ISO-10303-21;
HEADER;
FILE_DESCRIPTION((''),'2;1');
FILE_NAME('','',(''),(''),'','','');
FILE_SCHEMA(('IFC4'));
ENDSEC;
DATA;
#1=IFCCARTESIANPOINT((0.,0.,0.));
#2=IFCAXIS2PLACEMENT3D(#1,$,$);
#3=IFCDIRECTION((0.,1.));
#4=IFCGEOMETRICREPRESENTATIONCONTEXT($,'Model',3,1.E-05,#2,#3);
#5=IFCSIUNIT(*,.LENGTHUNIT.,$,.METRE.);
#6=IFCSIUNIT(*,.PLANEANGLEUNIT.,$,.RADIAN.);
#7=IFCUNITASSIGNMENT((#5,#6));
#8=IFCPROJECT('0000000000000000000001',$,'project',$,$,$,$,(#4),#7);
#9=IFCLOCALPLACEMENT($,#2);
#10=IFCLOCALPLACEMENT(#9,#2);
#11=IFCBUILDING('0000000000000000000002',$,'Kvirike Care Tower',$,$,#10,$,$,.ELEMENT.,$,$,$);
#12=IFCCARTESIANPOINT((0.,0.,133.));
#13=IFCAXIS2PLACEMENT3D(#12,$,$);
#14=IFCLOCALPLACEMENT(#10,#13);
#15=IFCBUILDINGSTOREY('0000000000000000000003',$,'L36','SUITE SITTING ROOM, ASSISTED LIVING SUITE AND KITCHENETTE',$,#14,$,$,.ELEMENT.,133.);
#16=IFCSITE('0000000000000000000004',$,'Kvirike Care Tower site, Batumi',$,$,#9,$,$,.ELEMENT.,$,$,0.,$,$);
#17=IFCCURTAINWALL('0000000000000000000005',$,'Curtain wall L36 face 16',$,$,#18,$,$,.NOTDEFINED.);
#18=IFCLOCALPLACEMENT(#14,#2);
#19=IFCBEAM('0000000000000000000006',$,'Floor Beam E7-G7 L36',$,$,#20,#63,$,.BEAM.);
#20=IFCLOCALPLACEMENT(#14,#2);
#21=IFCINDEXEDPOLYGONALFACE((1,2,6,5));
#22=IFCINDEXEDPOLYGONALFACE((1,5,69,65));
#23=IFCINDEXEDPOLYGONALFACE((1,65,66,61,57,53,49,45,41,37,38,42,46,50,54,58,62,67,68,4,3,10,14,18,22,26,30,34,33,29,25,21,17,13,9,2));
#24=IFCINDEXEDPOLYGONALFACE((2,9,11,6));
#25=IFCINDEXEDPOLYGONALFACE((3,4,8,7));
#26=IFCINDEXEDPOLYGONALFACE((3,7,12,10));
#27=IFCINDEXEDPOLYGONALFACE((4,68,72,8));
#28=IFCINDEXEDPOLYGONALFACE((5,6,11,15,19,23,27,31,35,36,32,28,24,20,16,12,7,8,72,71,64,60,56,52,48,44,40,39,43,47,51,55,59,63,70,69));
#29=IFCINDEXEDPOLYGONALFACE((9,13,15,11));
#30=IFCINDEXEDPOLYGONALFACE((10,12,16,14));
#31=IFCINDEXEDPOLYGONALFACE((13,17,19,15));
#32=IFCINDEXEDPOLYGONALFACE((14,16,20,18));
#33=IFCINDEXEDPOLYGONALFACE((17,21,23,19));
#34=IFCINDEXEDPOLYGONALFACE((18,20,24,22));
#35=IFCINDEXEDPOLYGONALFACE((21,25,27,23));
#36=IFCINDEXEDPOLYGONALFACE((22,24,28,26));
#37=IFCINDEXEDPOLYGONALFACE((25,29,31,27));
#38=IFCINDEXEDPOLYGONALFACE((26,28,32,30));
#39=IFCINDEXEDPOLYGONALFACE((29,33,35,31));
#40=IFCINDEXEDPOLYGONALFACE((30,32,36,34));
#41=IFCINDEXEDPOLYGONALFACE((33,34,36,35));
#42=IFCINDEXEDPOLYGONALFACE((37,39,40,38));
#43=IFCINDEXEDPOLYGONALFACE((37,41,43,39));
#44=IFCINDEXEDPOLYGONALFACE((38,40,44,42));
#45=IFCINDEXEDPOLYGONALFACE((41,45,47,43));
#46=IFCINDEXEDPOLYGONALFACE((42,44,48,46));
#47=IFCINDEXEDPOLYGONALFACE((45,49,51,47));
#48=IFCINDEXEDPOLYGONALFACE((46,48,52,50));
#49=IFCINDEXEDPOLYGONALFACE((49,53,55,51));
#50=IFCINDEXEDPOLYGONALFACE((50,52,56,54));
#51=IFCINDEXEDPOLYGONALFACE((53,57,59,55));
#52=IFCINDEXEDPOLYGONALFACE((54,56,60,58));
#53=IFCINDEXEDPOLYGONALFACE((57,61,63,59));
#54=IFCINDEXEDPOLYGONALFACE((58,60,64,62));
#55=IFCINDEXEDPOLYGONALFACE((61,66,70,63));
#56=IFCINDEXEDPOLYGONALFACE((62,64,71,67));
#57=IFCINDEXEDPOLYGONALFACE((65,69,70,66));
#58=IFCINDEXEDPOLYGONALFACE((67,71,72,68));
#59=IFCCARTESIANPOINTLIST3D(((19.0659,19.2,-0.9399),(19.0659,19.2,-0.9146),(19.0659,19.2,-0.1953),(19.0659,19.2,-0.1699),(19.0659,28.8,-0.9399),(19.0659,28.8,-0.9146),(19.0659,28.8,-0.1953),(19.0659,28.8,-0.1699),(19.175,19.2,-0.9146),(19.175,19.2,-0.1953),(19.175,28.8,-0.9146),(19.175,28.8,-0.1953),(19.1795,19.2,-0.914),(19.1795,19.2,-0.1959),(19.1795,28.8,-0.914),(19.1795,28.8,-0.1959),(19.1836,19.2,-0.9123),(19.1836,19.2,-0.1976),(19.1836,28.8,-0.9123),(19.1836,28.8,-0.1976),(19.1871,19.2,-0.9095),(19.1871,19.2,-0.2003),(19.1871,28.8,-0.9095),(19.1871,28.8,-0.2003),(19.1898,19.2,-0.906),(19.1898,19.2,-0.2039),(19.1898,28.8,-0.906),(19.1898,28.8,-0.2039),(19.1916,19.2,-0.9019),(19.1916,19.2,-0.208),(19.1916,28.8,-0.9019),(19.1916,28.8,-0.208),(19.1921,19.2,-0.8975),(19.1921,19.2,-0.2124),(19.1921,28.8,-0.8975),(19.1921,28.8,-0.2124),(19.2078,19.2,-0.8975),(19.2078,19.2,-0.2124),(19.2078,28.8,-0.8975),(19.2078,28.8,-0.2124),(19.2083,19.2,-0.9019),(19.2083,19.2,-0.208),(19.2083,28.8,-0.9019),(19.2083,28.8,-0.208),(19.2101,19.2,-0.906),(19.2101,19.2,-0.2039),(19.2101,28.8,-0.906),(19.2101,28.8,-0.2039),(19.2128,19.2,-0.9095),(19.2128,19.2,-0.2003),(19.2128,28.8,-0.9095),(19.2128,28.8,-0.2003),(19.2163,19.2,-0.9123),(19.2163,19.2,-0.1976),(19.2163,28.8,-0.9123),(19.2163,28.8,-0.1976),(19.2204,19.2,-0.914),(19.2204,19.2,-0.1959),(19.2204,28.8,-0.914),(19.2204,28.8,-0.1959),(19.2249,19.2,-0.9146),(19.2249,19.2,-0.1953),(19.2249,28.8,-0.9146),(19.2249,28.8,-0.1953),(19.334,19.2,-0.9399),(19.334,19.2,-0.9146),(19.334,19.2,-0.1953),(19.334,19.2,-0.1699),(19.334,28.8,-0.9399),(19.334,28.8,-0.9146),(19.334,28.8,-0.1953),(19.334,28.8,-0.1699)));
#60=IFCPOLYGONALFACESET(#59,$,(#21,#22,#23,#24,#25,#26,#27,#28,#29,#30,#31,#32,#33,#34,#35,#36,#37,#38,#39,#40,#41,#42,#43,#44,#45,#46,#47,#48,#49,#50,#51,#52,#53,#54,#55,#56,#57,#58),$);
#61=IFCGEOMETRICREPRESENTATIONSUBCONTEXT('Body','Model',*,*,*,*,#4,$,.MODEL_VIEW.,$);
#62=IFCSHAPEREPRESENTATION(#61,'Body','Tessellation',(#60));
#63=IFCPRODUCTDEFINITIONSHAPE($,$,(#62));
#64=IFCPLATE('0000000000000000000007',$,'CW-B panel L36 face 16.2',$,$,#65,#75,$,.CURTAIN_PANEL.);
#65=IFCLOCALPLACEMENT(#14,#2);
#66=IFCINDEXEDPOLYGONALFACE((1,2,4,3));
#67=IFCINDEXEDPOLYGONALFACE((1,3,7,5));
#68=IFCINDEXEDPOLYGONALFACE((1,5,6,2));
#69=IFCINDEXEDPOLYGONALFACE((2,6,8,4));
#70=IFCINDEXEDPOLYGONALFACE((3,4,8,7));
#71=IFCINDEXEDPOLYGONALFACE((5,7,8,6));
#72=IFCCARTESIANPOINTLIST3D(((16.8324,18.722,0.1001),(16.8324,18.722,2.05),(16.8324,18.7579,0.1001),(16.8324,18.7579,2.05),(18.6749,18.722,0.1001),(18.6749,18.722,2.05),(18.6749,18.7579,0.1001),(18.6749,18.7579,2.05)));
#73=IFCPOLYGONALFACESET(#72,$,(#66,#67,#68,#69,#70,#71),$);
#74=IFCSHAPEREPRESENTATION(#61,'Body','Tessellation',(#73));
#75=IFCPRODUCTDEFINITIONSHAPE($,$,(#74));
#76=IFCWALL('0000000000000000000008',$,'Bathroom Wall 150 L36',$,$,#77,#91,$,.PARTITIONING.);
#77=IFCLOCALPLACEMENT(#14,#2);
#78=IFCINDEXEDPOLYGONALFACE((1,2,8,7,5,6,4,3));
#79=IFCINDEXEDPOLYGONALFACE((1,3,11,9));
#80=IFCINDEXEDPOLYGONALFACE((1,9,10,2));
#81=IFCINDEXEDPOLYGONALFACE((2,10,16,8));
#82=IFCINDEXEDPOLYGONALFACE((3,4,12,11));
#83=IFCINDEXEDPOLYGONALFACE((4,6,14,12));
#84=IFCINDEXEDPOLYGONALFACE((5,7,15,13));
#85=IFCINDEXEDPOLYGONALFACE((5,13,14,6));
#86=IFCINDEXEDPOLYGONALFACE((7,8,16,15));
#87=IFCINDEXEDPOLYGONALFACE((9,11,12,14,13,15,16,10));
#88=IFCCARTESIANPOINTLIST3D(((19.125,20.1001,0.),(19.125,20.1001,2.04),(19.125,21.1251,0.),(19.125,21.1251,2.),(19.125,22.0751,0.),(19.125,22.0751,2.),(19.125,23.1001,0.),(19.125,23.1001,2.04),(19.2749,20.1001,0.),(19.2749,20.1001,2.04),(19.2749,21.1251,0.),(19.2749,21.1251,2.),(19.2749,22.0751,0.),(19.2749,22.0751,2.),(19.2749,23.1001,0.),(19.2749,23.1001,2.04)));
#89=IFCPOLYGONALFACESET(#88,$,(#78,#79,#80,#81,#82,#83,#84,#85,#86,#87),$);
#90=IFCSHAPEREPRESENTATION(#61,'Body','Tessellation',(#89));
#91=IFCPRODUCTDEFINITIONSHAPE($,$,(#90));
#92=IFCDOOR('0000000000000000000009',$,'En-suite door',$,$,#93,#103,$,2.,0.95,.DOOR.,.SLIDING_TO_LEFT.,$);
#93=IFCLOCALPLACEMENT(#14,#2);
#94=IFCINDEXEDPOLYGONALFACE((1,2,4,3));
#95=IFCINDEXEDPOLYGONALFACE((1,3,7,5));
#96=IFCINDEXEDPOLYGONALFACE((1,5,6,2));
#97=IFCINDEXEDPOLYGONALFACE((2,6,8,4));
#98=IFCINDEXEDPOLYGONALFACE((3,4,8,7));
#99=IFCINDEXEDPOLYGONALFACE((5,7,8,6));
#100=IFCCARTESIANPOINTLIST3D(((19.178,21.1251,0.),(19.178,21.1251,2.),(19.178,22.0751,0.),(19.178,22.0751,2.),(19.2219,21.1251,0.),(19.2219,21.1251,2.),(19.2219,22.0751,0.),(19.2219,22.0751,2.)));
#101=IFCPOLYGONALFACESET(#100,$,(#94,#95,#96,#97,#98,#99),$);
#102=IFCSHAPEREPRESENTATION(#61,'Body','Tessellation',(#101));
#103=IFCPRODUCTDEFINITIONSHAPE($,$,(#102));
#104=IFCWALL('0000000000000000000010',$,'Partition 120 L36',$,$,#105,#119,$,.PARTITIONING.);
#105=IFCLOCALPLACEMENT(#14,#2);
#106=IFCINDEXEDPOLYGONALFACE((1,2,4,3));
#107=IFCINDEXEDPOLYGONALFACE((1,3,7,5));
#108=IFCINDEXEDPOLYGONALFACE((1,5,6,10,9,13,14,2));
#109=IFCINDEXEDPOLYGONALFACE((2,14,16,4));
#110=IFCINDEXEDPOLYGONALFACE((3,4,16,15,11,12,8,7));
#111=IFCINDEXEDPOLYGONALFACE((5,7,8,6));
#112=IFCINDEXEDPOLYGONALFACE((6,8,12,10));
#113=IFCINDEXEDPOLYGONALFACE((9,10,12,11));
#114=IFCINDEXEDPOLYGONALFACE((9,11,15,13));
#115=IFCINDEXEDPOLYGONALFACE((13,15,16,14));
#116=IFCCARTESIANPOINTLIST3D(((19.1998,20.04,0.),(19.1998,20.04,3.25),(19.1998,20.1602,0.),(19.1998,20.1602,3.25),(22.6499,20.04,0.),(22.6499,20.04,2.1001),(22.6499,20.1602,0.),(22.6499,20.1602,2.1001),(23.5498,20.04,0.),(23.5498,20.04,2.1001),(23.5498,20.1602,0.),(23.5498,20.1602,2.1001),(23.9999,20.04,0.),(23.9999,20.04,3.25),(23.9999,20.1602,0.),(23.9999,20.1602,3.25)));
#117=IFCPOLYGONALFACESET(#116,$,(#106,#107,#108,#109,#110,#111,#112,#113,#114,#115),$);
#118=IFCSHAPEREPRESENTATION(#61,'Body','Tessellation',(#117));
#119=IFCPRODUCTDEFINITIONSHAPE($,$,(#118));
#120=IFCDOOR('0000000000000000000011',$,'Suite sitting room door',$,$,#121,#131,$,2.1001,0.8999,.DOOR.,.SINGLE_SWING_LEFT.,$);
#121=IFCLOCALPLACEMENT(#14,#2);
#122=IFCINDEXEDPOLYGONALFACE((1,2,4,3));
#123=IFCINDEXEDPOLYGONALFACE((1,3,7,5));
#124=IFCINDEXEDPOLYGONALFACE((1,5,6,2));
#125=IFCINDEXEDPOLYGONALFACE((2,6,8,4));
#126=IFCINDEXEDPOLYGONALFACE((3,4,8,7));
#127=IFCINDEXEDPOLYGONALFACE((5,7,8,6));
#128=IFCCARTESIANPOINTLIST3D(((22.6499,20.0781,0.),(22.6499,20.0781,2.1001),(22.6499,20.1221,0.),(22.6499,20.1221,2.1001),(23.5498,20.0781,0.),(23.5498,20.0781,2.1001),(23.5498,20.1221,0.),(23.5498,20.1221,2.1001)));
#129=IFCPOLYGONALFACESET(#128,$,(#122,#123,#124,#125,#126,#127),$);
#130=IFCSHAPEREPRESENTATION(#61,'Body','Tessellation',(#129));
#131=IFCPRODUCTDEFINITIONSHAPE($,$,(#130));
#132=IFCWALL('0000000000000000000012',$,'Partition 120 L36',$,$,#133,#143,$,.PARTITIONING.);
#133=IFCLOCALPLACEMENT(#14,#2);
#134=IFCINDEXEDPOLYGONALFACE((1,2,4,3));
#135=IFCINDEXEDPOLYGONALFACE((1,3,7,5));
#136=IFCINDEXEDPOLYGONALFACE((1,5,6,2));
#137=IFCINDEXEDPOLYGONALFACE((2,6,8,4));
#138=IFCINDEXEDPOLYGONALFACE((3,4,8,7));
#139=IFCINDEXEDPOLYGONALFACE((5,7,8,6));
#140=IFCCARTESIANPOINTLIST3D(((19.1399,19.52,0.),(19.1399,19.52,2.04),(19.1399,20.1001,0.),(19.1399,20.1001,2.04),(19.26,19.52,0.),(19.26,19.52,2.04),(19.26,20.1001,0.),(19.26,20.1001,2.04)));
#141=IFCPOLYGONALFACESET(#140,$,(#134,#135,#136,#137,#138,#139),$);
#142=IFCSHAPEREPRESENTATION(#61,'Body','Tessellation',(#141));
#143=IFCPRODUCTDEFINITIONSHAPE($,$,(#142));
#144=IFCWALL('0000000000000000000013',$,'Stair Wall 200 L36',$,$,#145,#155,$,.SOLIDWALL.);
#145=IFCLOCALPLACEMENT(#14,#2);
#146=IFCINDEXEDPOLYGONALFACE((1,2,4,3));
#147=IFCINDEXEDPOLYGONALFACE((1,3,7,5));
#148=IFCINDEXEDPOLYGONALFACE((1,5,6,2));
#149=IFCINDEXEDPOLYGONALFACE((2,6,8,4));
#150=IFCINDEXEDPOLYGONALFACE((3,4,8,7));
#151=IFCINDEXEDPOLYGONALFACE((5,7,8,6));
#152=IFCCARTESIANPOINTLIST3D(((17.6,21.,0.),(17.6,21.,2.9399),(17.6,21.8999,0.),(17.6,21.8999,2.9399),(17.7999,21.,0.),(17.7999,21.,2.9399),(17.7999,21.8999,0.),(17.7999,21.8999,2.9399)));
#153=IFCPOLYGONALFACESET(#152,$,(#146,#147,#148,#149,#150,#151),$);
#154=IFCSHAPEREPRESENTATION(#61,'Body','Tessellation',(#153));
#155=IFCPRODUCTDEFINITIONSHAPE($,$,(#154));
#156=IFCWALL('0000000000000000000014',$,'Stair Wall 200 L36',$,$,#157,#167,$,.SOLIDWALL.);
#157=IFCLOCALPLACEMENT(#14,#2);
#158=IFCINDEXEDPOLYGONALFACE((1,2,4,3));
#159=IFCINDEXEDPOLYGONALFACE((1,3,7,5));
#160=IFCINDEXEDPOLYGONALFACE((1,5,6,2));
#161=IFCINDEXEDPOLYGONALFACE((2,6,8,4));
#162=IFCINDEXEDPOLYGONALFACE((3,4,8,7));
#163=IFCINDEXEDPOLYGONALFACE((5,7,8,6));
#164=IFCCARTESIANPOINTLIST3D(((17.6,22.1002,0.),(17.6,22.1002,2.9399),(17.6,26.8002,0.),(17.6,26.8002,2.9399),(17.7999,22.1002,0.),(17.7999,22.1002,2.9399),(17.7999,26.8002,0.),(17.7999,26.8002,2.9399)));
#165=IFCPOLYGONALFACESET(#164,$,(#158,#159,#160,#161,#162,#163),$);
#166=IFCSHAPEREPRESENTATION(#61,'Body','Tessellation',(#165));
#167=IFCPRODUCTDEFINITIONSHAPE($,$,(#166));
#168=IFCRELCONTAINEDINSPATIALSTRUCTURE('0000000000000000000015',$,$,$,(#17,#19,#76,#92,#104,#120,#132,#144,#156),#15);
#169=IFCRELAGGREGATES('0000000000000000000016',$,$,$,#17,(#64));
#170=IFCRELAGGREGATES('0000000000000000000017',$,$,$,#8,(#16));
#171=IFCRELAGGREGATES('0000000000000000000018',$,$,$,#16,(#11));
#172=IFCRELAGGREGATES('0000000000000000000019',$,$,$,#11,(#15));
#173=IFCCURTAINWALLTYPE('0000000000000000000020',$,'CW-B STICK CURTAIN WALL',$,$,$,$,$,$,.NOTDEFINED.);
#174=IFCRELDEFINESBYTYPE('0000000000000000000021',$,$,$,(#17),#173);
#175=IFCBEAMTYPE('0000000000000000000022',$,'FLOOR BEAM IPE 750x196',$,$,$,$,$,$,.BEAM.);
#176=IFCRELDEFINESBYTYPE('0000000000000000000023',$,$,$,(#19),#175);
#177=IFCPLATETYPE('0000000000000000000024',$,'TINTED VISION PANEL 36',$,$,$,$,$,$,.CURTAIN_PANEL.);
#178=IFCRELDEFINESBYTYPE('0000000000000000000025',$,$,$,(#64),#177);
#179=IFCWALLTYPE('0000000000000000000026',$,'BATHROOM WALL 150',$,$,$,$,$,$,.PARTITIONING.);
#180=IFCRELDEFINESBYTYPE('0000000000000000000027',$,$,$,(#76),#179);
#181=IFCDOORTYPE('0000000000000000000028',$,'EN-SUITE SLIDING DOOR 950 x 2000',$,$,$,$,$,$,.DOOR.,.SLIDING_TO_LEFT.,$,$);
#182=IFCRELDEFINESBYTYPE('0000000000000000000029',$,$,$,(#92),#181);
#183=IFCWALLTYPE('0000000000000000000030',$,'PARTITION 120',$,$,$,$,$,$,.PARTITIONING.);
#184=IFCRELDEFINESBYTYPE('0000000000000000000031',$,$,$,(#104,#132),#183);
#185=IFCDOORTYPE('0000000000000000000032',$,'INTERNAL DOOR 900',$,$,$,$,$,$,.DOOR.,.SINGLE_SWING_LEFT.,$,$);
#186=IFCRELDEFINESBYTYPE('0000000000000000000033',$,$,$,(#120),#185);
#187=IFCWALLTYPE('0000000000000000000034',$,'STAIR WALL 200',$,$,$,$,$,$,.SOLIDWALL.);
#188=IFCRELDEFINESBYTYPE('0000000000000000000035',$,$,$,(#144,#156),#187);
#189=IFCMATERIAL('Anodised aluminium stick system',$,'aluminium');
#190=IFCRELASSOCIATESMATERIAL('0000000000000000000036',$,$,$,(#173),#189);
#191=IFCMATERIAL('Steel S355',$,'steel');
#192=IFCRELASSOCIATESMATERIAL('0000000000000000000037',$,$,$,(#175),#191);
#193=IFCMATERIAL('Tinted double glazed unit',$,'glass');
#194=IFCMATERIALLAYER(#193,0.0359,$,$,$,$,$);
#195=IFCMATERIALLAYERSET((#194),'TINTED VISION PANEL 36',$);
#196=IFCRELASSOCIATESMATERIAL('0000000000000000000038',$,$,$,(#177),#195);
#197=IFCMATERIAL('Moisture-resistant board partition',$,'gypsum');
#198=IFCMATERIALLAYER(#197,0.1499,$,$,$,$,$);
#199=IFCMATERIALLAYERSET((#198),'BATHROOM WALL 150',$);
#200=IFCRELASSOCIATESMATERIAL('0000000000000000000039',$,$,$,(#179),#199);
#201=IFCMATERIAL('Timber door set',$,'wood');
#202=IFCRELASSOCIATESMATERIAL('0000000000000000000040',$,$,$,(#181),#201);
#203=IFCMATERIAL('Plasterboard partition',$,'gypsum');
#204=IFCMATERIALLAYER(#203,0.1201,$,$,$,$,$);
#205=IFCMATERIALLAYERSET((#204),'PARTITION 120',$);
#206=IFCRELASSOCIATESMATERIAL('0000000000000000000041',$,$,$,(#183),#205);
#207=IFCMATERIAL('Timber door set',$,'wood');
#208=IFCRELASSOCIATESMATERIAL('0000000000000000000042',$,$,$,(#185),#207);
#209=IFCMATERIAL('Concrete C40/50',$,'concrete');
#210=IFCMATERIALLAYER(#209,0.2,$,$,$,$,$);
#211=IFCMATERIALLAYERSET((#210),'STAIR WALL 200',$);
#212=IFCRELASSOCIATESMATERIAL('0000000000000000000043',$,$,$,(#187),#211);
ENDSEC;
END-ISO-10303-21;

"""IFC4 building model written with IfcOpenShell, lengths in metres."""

from ifc_helpers import new_model, si_unit, direction, frame, frame_2d, origin, origin_2d, place, context, subcontext, project, spatial, rectangle, i_section, extrude, material, layer, layer_set, material_profile, profile_set, type_object, element, fill, aggregate, save


model = new_model("IFC4")

# Units and contexts
model_context = context("Model", 3, precision=1e-05, world=origin(), true_north=direction((0.0, 1.0)))
body_context = subcontext(model_context, "Body", "Model", "MODEL_VIEW")
ifc_project = project(units=[si_unit("LENGTHUNIT", "METRE"), si_unit("PLANEANGLEUNIT", "RADIAN")], contexts=[model_context])

# Site, building, storey
site_placement = place(None, origin())
site = spatial("IfcSite", under=ifc_project, at=site_placement, Name="Kvirike Care Tower site, Batumi", CompositionType="ELEMENT", RefElevation=0.0)
building_placement = place(site_placement, origin())
building = spatial("IfcBuilding", under=site, at=building_placement, Name="Kvirike Care Tower", CompositionType="ELEMENT")
storey_placement = place(building_placement, frame((0.0, 0.0, 133.0)))
storey = spatial("IfcBuildingStorey", under=building, at=storey_placement, Name="L36", Description="SUITE SITTING ROOM, ASSISTED LIVING SUITE AND KITCHENETTE", CompositionType="ELEMENT", Elevation=133.0)

# Curtain wall
ifc_material_1 = material(Name="Anodised aluminium stick system", Category="aluminium")
curtain_wall_type = type_object("IfcCurtainWallType", Name="CW-B STICK CURTAIN WALL", PredefinedType="NOTDEFINED", material=ifc_material_1)
curtain_wall_1_placement = place(storey_placement, origin())
curtain_wall_1 = element("IfcCurtainWall", 1, at=curtain_wall_1_placement, inside=storey, type_object=curtain_wall_type, Name="Curtain wall L36 face 16", PredefinedType="NOTDEFINED")

# Beam
ifc_material_2 = material(Name="Steel S355", Category="steel")
ifc_material_profile_1 = material_profile(ifc_material_2, i_section(OverallWidth=0.2681, OverallDepth=0.77, WebThickness=0.0156, FlangeThickness=0.0254, FilletRadius=0.0171, at=origin_2d()), Name="IPE 750x196")
ifc_profile_set_1 = profile_set([ifc_material_profile_1], Name="Steel S355")
beam_type = type_object("IfcBeamType", Name="FLOOR BEAM IPE 750x196", PredefinedType="BEAM", material=ifc_profile_set_1)
for number, where, z_axis, x_axis, name in (
    (2, (19.2, 19.2, -0.5549), (0.0, 1.0, 0.0), (-1.0, 0.0, 0.0), "Floor Beam E7-G7 L36"),
):
    element("IfcBeam", number, at=place(storey_placement, frame(where, z_axis=z_axis, x_axis=x_axis)), inside=storey, type_object=beam_type, Name=name, PredefinedType="BEAM", context=body_context, shape_type="SweptSolid", body=[
        extrude(i_section(OverallWidth=0.2681, OverallDepth=0.77, WebThickness=0.0156, FlangeThickness=0.0254, FilletRadius=0.0171, at=origin_2d()), origin(), (0.0, 0.0, 1.0), 9.6001),
    ])

# Plate
ifc_material_3 = material(Name="Tinted double glazed unit", Category="glass")
ifc_layer_1 = layer(ifc_material_3, 0.0359)
ifc_layer_set_1 = layer_set([ifc_layer_1], Name="TINTED VISION PANEL 36")
plate_type = type_object("IfcPlateType", Name="TINTED VISION PANEL 36", PredefinedType="CURTAIN_PANEL", material=ifc_layer_set_1)
plate_placement = place(storey_placement, frame((17.7537, 18.74, 0.1001), z_axis=(0.0, 0.0, 1.0), x_axis=(1.0, 0.0, 0.0)))
plate = element("IfcPlate", 3, at=plate_placement, type_object=plate_type, Name="CW-B panel L36 face 16.2", PredefinedType="CURTAIN_PANEL", context=body_context, shape_type="SweptSolid", body=[
    extrude(rectangle(XDim=1.8425, YDim=0.0359, at=origin_2d()), origin(), (0.0, 0.0, 1.0), 1.95),
])
aggregate(curtain_wall_1, [plate])

# Walls, openings, doors
ifc_material_4 = material(Name="Moisture-resistant board partition", Category="gypsum")
ifc_layer_2 = layer(ifc_material_4, 0.1499)
ifc_layer_set_2 = layer_set([ifc_layer_2], Name="BATHROOM WALL 150")
wall_type_1 = type_object("IfcWallType", Name="BATHROOM WALL 150", PredefinedType="PARTITIONING", material=ifc_layer_set_2)
wall_1_placement = place(storey_placement, frame((19.2, 20.1001, 0.0), z_axis=(0.0, 0.0, 1.0), x_axis=(0.0, 1.0, 0.0)))
wall_1 = element("IfcWall", 4, at=wall_1_placement, inside=storey, type_object=wall_type_1, Name="Bathroom Wall 150 L36", PredefinedType="PARTITIONING", context=body_context, shape_type="SweptSolid", body=[
    extrude(rectangle(XDim=3.0, YDim=0.1499, at=frame_2d((1.5, 0.0))), origin(), (0.0, 0.0, 1.0), 2.04),
])
opening_1_placement = place(wall_1_placement, frame((1.0249, 0.0, 0.0)))
opening_1 = element("IfcOpeningElement", 5, at=opening_1_placement, cuts=wall_1, PredefinedType="OPENING", context=body_context, shape_type="SweptSolid", body=[
    extrude(rectangle(XDim=0.95, YDim=2.0, at=frame_2d((0.4751, 1.0))), frame((0.0, 0.0854, 0.0), z_axis=(0.0, -1.0, 0.0), x_axis=(1.0, 0.0, 0.0)), (0.0, 0.0, 1.0), 0.1709),
])
ifc_material_5 = material(Name="Timber door set", Category="wood")
door_type_1 = type_object("IfcDoorType", Name="EN-SUITE SLIDING DOOR 950 x 2000", OperationType="SLIDING_TO_LEFT", PredefinedType="DOOR", material=ifc_material_5)
door_1_placement = place(opening_1_placement, origin())
door_1 = element("IfcDoor", 6, at=door_1_placement, inside=storey, type_object=door_type_1, Name="En-suite door", OperationType="SLIDING_TO_LEFT", OverallHeight=2.0, OverallWidth=0.95, PredefinedType="DOOR", context=body_context, shape_type="SweptSolid", body=[
    extrude(rectangle(XDim=0.95, YDim=2.0, at=frame_2d((0.4751, 1.0))), frame((0.0, 0.022, 0.0), z_axis=(0.0, -1.0, 0.0), x_axis=(1.0, 0.0, 0.0)), (0.0, 0.0, 1.0), 0.0439),
])
fill(opening_1, door_1)
ifc_material_6 = material(Name="Plasterboard partition", Category="gypsum")
ifc_layer_3 = layer(ifc_material_6, 0.1201)
ifc_layer_set_3 = layer_set([ifc_layer_3], Name="PARTITION 120")
wall_type_2 = type_object("IfcWallType", Name="PARTITION 120", PredefinedType="PARTITIONING", material=ifc_layer_set_3)
wall_2_placement = place(storey_placement, frame((19.2, 20.1001, 0.0), z_axis=(0.0, 0.0, 1.0), x_axis=(1.0, 0.0, 0.0)))
wall_2 = element("IfcWall", 7, at=wall_2_placement, inside=storey, type_object=wall_type_2, Name="Partition 120 L36", PredefinedType="PARTITIONING", context=body_context, shape_type="SweptSolid", body=[
    extrude(rectangle(XDim=4.8, YDim=0.1201, at=frame_2d((2.3999, 0.0))), origin(), (0.0, 0.0, 1.0), 3.25),
])
opening_2_placement = place(wall_2_placement, frame((3.45, 0.0, 0.0)))
opening_2 = element("IfcOpeningElement", 8, at=opening_2_placement, cuts=wall_2, PredefinedType="OPENING", context=body_context, shape_type="SweptSolid", body=[
    extrude(rectangle(XDim=0.8999, YDim=2.1001, at=frame_2d((0.45, 1.05))), frame((0.0, 0.0706, 0.0), z_axis=(0.0, -1.0, 0.0), x_axis=(1.0, 0.0, 0.0)), (0.0, 0.0, 1.0), 0.1411),
])
ifc_material_7 = material(Name="Timber door set", Category="wood")
door_type_2 = type_object("IfcDoorType", Name="INTERNAL DOOR 900", OperationType="SINGLE_SWING_LEFT", PredefinedType="DOOR", material=ifc_material_7)
door_2_placement = place(opening_2_placement, origin())
door_2 = element("IfcDoor", 9, at=door_2_placement, inside=storey, type_object=door_type_2, Name="Suite sitting room door", OperationType="SINGLE_SWING_LEFT", OverallHeight=2.1001, OverallWidth=0.8999, PredefinedType="DOOR", context=body_context, shape_type="SweptSolid", body=[
    extrude(rectangle(XDim=0.8999, YDim=2.1001, at=frame_2d((0.45, 1.05))), frame((0.0, 0.022, 0.0), z_axis=(0.0, -1.0, 0.0), x_axis=(1.0, 0.0, 0.0)), (0.0, 0.0, 1.0), 0.0439),
])
fill(opening_2, door_2)

# Walls
wall_3_placement = place(storey_placement, frame((19.2, 19.52, 0.0), z_axis=(0.0, 0.0, 1.0), x_axis=(0.0, 1.0, 0.0)))
element("IfcWall", 10, at=wall_3_placement, inside=storey, type_object=wall_type_2, Name="Partition 120 L36", PredefinedType="PARTITIONING", context=body_context, shape_type="SweptSolid", body=[
    extrude(rectangle(XDim=0.5801, YDim=0.1201, at=frame_2d((0.29, 0.0))), origin(), (0.0, 0.0, 1.0), 2.04),
])
ifc_material_8 = material(Name="Concrete C40/50", Category="concrete")
ifc_layer_4 = layer(ifc_material_8, 0.2)
ifc_layer_set_4 = layer_set([ifc_layer_4], Name="STAIR WALL 200")
wall_type_3 = type_object("IfcWallType", Name="STAIR WALL 200", PredefinedType="SOLIDWALL", material=ifc_layer_set_4)
wall_4_placement = place(storey_placement, frame((17.7, 21.0, 0.0), z_axis=(0.0, 0.0, 1.0), x_axis=(0.0, 1.0, 0.0)))
element("IfcWall", 11, at=wall_4_placement, inside=storey, type_object=wall_type_3, Name="Stair Wall 200 L36", PredefinedType="SOLIDWALL", context=body_context, shape_type="SweptSolid", body=[
    extrude(rectangle(XDim=0.8999, YDim=0.2, at=frame_2d((0.45, 0.0))), origin(), (0.0, 0.0, 1.0), 2.9399),
])
wall_5_placement = place(storey_placement, frame((17.7, 22.1001, 0.0), z_axis=(0.0, 0.0, 1.0), x_axis=(0.0, 1.0, 0.0)))
element("IfcWall", 12, at=wall_5_placement, inside=storey, type_object=wall_type_3, Name="Stair Wall 200 L36", PredefinedType="SOLIDWALL", context=body_context, shape_type="SweptSolid", body=[
    extrude(rectangle(XDim=4.7, YDim=0.2, at=frame_2d((2.3501, 0.0))), origin(), (0.0, 0.0, 1.0), 2.9399),
])

save(model, "model.ifc")
